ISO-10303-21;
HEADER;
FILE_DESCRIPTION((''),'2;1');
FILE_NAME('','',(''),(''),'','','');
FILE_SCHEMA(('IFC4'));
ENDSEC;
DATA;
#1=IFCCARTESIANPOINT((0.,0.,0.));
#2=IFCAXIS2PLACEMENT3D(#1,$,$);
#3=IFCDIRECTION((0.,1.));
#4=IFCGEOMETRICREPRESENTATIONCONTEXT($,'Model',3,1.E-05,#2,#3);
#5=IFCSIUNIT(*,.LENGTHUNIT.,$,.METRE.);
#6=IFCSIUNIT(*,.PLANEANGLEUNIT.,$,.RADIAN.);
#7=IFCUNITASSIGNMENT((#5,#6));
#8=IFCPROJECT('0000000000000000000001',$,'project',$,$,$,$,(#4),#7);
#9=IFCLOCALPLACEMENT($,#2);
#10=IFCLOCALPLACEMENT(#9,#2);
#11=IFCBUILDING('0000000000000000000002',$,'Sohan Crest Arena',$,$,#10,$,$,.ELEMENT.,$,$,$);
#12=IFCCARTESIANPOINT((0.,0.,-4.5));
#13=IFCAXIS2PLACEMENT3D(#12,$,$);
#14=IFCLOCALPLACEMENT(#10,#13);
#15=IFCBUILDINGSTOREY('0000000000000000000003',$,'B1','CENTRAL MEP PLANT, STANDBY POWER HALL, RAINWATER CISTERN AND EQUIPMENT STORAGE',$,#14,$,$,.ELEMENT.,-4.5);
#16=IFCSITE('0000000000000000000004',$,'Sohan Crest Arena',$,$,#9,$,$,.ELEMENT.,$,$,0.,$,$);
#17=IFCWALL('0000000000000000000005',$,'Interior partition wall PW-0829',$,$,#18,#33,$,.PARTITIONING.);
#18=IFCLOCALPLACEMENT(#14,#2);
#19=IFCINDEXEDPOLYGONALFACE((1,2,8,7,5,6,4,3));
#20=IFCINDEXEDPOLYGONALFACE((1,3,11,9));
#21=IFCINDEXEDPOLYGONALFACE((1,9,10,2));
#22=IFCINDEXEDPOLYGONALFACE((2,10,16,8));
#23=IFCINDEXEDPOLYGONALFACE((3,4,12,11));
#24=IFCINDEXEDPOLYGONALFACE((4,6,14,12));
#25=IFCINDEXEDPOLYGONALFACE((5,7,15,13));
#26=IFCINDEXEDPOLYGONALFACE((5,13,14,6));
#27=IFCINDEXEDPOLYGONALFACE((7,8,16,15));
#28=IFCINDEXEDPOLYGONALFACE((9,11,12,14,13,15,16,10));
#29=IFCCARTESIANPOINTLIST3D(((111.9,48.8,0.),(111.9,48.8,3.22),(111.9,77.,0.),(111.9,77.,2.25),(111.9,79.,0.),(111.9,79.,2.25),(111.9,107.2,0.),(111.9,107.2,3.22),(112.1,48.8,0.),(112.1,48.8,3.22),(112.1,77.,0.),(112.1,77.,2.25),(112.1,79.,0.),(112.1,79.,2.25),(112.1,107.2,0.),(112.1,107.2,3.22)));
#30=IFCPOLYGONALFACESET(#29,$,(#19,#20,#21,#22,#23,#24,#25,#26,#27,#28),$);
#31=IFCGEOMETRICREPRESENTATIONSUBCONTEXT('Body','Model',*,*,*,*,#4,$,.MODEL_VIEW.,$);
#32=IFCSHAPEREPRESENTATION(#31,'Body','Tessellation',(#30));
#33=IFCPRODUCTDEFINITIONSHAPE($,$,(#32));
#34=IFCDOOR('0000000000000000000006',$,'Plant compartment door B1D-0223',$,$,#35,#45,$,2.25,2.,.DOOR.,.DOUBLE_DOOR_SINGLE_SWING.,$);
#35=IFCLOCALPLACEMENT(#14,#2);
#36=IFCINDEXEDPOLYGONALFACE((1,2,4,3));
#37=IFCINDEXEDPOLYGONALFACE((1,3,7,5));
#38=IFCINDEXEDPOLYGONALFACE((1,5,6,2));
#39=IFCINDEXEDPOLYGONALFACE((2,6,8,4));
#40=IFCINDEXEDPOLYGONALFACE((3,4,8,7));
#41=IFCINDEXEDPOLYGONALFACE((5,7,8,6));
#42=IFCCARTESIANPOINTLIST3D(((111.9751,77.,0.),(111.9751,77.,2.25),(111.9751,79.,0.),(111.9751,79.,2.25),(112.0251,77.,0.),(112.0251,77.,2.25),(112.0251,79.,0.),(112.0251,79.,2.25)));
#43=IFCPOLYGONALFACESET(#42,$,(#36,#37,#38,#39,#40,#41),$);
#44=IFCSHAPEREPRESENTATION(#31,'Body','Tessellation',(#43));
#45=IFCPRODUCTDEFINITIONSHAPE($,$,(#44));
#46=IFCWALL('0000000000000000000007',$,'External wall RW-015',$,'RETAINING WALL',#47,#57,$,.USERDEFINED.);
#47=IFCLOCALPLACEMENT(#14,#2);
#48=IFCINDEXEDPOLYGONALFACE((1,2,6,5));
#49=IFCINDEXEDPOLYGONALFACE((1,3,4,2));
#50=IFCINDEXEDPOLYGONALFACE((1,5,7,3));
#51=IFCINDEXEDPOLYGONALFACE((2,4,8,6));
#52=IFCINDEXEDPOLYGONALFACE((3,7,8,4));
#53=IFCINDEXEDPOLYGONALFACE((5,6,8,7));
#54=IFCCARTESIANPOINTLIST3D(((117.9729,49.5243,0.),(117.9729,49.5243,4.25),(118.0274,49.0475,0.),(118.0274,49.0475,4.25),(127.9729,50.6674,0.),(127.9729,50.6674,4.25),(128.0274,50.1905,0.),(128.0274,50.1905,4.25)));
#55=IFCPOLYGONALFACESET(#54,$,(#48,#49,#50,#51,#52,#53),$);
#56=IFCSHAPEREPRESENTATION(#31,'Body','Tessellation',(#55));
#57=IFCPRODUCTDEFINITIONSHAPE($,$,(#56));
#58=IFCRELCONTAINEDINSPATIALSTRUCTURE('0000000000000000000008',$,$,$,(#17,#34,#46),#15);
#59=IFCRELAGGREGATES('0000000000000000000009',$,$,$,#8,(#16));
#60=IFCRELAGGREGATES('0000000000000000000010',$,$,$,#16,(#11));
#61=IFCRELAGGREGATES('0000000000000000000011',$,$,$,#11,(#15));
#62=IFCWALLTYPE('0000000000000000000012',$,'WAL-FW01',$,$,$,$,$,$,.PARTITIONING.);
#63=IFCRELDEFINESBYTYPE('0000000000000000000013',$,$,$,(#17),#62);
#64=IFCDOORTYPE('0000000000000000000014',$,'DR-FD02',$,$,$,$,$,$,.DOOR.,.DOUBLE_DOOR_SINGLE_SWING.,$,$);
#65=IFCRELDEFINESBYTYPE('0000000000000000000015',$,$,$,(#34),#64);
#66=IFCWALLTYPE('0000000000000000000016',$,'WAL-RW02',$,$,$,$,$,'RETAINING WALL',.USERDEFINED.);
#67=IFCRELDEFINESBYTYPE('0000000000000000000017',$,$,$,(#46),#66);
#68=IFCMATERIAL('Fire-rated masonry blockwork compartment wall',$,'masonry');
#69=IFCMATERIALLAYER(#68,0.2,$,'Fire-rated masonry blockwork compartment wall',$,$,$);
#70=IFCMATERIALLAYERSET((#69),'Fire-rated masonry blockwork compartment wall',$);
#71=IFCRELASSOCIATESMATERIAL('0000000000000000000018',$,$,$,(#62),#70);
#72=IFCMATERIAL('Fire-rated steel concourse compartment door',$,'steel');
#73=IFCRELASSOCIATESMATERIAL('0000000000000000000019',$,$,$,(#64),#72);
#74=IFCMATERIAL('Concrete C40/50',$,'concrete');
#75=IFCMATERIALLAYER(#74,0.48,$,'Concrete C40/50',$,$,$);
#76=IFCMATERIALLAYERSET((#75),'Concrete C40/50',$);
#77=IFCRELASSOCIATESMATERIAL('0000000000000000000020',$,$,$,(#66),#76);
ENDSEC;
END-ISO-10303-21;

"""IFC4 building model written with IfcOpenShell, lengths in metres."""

from ifc_helpers import new_model, si_unit, direction, frame, frame_2d, origin, place, context, subcontext, project, spatial, rectangle, extrude, material, layer, layer_set, type_object, element, fill, save


model = new_model("IFC4")

# Units and contexts
model_context = context("Model", 3, precision=1e-05, world=origin(), true_north=direction((0.0, 1.0)))
body_context = subcontext(model_context, "Body", "Model", "MODEL_VIEW")
ifc_project = project(units=[si_unit("LENGTHUNIT", "METRE"), si_unit("PLANEANGLEUNIT", "RADIAN")], contexts=[model_context])

# Site, building, storey
site_placement = place(None, origin())
site = spatial("IfcSite", under=ifc_project, at=site_placement, Name="Sohan Crest Arena", CompositionType="ELEMENT", RefElevation=0.0)
building_placement = place(site_placement, origin())
building = spatial("IfcBuilding", under=site, at=building_placement, Name="Sohan Crest Arena", CompositionType="ELEMENT")
storey_placement = place(building_placement, frame((0.0, 0.0, -4.5)))
storey = spatial("IfcBuildingStorey", under=building, at=storey_placement, Name="B1", Description="CENTRAL MEP PLANT, STANDBY POWER HALL, RAINWATER CISTERN AND EQUIPMENT STORAGE", CompositionType="ELEMENT", Elevation=-4.5)

# Shared definitions
ifc_material_1 = material(Name="Concrete C40/50", Category="concrete")

# Wall, opening, door
ifc_material_2 = material(Name="Fire-rated masonry blockwork compartment wall", Category="masonry")
ifc_layer_1 = layer(ifc_material_2, 0.2, Name="Fire-rated masonry blockwork compartment wall")
ifc_layer_set_1 = layer_set([ifc_layer_1], Name="Fire-rated masonry blockwork compartment wall")
wall_type_1 = type_object("IfcWallType", Name="WAL-FW01", PredefinedType="PARTITIONING", material=ifc_layer_set_1)
wall_1_placement = place(storey_placement, frame((112.0, 48.8, 0.0), z_axis=(0.0, 0.0, 1.0), x_axis=(0.0, 1.0, 0.0)))
wall_1 = element("IfcWall", 1, at=wall_1_placement, inside=storey, type_object=wall_type_1, Name="Interior partition wall PW-0829", PredefinedType="PARTITIONING", context=body_context, shape_type="SweptSolid", body=[
    extrude(rectangle(XDim=58.3999, YDim=0.2, at=frame_2d((29.2, 0.0))), origin(), (0.0, 0.0, 1.0), 3.22),
])
opening_placement = place(wall_1_placement, frame((28.2, 0.0, 0.0)))
opening = element("IfcOpeningElement", 2, at=opening_placement, cuts=wall_1, PredefinedType="OPENING", context=body_context, shape_type="SweptSolid", body=[
    extrude(rectangle(XDim=2.0, YDim=2.25, at=frame_2d((1.0, 1.125))), frame((0.0, 0.1099, 0.0), z_axis=(0.0, -1.0, 0.0), x_axis=(1.0, 0.0, 0.0)), (0.0, 0.0, 1.0), 0.22),
])
ifc_material_3 = material(Name="Fire-rated steel concourse compartment door", Category="steel")
door_type = type_object("IfcDoorType", Name="DR-FD02", OperationType="DOUBLE_DOOR_SINGLE_SWING", PredefinedType="DOOR", material=ifc_material_3)
door_placement = place(opening_placement, origin())
door = element("IfcDoor", 3, at=door_placement, inside=storey, type_object=door_type, Name="Plant compartment door B1D-0223", OperationType="DOUBLE_DOOR_SINGLE_SWING", OverallHeight=2.25, OverallWidth=2.0, PredefinedType="DOOR", context=body_context, shape_type="SweptSolid", body=[
    extrude(rectangle(XDim=2.0, YDim=2.25, at=frame_2d((1.0, 1.125))), frame((0.0, 0.0249, 0.0), z_axis=(0.0, -1.0, 0.0), x_axis=(1.0, 0.0, 0.0)), (0.0, 0.0, 1.0), 0.05),
])
fill(opening, door)

# Wall
ifc_layer_2 = layer(ifc_material_1, 0.48, Name="Concrete C40/50")
ifc_layer_set_2 = layer_set([ifc_layer_2], Name="Concrete C40/50")
wall_type_2 = type_object("IfcWallType", Name="WAL-RW02", ElementType="RETAINING WALL", PredefinedType="USERDEFINED", material=ifc_layer_set_2)
wall_2_placement = place(storey_placement, frame((118.0, 49.2859, 0.0), z_axis=(0.0, 0.0, 1.0), x_axis=(0.99353, 0.113567, 0.0)))
element("IfcWall", 4, at=wall_2_placement, inside=storey, type_object=wall_type_2, Name="External wall RW-015", ObjectType="RETAINING WALL", PredefinedType="USERDEFINED", context=body_context, shape_type="SweptSolid", body=[
    extrude(rectangle(XDim=10.0652, YDim=0.48, at=frame_2d((5.0327, 0.0))), origin(), (0.0, 0.0, 1.0), 4.25),
])

save(model, "model.ifc")
